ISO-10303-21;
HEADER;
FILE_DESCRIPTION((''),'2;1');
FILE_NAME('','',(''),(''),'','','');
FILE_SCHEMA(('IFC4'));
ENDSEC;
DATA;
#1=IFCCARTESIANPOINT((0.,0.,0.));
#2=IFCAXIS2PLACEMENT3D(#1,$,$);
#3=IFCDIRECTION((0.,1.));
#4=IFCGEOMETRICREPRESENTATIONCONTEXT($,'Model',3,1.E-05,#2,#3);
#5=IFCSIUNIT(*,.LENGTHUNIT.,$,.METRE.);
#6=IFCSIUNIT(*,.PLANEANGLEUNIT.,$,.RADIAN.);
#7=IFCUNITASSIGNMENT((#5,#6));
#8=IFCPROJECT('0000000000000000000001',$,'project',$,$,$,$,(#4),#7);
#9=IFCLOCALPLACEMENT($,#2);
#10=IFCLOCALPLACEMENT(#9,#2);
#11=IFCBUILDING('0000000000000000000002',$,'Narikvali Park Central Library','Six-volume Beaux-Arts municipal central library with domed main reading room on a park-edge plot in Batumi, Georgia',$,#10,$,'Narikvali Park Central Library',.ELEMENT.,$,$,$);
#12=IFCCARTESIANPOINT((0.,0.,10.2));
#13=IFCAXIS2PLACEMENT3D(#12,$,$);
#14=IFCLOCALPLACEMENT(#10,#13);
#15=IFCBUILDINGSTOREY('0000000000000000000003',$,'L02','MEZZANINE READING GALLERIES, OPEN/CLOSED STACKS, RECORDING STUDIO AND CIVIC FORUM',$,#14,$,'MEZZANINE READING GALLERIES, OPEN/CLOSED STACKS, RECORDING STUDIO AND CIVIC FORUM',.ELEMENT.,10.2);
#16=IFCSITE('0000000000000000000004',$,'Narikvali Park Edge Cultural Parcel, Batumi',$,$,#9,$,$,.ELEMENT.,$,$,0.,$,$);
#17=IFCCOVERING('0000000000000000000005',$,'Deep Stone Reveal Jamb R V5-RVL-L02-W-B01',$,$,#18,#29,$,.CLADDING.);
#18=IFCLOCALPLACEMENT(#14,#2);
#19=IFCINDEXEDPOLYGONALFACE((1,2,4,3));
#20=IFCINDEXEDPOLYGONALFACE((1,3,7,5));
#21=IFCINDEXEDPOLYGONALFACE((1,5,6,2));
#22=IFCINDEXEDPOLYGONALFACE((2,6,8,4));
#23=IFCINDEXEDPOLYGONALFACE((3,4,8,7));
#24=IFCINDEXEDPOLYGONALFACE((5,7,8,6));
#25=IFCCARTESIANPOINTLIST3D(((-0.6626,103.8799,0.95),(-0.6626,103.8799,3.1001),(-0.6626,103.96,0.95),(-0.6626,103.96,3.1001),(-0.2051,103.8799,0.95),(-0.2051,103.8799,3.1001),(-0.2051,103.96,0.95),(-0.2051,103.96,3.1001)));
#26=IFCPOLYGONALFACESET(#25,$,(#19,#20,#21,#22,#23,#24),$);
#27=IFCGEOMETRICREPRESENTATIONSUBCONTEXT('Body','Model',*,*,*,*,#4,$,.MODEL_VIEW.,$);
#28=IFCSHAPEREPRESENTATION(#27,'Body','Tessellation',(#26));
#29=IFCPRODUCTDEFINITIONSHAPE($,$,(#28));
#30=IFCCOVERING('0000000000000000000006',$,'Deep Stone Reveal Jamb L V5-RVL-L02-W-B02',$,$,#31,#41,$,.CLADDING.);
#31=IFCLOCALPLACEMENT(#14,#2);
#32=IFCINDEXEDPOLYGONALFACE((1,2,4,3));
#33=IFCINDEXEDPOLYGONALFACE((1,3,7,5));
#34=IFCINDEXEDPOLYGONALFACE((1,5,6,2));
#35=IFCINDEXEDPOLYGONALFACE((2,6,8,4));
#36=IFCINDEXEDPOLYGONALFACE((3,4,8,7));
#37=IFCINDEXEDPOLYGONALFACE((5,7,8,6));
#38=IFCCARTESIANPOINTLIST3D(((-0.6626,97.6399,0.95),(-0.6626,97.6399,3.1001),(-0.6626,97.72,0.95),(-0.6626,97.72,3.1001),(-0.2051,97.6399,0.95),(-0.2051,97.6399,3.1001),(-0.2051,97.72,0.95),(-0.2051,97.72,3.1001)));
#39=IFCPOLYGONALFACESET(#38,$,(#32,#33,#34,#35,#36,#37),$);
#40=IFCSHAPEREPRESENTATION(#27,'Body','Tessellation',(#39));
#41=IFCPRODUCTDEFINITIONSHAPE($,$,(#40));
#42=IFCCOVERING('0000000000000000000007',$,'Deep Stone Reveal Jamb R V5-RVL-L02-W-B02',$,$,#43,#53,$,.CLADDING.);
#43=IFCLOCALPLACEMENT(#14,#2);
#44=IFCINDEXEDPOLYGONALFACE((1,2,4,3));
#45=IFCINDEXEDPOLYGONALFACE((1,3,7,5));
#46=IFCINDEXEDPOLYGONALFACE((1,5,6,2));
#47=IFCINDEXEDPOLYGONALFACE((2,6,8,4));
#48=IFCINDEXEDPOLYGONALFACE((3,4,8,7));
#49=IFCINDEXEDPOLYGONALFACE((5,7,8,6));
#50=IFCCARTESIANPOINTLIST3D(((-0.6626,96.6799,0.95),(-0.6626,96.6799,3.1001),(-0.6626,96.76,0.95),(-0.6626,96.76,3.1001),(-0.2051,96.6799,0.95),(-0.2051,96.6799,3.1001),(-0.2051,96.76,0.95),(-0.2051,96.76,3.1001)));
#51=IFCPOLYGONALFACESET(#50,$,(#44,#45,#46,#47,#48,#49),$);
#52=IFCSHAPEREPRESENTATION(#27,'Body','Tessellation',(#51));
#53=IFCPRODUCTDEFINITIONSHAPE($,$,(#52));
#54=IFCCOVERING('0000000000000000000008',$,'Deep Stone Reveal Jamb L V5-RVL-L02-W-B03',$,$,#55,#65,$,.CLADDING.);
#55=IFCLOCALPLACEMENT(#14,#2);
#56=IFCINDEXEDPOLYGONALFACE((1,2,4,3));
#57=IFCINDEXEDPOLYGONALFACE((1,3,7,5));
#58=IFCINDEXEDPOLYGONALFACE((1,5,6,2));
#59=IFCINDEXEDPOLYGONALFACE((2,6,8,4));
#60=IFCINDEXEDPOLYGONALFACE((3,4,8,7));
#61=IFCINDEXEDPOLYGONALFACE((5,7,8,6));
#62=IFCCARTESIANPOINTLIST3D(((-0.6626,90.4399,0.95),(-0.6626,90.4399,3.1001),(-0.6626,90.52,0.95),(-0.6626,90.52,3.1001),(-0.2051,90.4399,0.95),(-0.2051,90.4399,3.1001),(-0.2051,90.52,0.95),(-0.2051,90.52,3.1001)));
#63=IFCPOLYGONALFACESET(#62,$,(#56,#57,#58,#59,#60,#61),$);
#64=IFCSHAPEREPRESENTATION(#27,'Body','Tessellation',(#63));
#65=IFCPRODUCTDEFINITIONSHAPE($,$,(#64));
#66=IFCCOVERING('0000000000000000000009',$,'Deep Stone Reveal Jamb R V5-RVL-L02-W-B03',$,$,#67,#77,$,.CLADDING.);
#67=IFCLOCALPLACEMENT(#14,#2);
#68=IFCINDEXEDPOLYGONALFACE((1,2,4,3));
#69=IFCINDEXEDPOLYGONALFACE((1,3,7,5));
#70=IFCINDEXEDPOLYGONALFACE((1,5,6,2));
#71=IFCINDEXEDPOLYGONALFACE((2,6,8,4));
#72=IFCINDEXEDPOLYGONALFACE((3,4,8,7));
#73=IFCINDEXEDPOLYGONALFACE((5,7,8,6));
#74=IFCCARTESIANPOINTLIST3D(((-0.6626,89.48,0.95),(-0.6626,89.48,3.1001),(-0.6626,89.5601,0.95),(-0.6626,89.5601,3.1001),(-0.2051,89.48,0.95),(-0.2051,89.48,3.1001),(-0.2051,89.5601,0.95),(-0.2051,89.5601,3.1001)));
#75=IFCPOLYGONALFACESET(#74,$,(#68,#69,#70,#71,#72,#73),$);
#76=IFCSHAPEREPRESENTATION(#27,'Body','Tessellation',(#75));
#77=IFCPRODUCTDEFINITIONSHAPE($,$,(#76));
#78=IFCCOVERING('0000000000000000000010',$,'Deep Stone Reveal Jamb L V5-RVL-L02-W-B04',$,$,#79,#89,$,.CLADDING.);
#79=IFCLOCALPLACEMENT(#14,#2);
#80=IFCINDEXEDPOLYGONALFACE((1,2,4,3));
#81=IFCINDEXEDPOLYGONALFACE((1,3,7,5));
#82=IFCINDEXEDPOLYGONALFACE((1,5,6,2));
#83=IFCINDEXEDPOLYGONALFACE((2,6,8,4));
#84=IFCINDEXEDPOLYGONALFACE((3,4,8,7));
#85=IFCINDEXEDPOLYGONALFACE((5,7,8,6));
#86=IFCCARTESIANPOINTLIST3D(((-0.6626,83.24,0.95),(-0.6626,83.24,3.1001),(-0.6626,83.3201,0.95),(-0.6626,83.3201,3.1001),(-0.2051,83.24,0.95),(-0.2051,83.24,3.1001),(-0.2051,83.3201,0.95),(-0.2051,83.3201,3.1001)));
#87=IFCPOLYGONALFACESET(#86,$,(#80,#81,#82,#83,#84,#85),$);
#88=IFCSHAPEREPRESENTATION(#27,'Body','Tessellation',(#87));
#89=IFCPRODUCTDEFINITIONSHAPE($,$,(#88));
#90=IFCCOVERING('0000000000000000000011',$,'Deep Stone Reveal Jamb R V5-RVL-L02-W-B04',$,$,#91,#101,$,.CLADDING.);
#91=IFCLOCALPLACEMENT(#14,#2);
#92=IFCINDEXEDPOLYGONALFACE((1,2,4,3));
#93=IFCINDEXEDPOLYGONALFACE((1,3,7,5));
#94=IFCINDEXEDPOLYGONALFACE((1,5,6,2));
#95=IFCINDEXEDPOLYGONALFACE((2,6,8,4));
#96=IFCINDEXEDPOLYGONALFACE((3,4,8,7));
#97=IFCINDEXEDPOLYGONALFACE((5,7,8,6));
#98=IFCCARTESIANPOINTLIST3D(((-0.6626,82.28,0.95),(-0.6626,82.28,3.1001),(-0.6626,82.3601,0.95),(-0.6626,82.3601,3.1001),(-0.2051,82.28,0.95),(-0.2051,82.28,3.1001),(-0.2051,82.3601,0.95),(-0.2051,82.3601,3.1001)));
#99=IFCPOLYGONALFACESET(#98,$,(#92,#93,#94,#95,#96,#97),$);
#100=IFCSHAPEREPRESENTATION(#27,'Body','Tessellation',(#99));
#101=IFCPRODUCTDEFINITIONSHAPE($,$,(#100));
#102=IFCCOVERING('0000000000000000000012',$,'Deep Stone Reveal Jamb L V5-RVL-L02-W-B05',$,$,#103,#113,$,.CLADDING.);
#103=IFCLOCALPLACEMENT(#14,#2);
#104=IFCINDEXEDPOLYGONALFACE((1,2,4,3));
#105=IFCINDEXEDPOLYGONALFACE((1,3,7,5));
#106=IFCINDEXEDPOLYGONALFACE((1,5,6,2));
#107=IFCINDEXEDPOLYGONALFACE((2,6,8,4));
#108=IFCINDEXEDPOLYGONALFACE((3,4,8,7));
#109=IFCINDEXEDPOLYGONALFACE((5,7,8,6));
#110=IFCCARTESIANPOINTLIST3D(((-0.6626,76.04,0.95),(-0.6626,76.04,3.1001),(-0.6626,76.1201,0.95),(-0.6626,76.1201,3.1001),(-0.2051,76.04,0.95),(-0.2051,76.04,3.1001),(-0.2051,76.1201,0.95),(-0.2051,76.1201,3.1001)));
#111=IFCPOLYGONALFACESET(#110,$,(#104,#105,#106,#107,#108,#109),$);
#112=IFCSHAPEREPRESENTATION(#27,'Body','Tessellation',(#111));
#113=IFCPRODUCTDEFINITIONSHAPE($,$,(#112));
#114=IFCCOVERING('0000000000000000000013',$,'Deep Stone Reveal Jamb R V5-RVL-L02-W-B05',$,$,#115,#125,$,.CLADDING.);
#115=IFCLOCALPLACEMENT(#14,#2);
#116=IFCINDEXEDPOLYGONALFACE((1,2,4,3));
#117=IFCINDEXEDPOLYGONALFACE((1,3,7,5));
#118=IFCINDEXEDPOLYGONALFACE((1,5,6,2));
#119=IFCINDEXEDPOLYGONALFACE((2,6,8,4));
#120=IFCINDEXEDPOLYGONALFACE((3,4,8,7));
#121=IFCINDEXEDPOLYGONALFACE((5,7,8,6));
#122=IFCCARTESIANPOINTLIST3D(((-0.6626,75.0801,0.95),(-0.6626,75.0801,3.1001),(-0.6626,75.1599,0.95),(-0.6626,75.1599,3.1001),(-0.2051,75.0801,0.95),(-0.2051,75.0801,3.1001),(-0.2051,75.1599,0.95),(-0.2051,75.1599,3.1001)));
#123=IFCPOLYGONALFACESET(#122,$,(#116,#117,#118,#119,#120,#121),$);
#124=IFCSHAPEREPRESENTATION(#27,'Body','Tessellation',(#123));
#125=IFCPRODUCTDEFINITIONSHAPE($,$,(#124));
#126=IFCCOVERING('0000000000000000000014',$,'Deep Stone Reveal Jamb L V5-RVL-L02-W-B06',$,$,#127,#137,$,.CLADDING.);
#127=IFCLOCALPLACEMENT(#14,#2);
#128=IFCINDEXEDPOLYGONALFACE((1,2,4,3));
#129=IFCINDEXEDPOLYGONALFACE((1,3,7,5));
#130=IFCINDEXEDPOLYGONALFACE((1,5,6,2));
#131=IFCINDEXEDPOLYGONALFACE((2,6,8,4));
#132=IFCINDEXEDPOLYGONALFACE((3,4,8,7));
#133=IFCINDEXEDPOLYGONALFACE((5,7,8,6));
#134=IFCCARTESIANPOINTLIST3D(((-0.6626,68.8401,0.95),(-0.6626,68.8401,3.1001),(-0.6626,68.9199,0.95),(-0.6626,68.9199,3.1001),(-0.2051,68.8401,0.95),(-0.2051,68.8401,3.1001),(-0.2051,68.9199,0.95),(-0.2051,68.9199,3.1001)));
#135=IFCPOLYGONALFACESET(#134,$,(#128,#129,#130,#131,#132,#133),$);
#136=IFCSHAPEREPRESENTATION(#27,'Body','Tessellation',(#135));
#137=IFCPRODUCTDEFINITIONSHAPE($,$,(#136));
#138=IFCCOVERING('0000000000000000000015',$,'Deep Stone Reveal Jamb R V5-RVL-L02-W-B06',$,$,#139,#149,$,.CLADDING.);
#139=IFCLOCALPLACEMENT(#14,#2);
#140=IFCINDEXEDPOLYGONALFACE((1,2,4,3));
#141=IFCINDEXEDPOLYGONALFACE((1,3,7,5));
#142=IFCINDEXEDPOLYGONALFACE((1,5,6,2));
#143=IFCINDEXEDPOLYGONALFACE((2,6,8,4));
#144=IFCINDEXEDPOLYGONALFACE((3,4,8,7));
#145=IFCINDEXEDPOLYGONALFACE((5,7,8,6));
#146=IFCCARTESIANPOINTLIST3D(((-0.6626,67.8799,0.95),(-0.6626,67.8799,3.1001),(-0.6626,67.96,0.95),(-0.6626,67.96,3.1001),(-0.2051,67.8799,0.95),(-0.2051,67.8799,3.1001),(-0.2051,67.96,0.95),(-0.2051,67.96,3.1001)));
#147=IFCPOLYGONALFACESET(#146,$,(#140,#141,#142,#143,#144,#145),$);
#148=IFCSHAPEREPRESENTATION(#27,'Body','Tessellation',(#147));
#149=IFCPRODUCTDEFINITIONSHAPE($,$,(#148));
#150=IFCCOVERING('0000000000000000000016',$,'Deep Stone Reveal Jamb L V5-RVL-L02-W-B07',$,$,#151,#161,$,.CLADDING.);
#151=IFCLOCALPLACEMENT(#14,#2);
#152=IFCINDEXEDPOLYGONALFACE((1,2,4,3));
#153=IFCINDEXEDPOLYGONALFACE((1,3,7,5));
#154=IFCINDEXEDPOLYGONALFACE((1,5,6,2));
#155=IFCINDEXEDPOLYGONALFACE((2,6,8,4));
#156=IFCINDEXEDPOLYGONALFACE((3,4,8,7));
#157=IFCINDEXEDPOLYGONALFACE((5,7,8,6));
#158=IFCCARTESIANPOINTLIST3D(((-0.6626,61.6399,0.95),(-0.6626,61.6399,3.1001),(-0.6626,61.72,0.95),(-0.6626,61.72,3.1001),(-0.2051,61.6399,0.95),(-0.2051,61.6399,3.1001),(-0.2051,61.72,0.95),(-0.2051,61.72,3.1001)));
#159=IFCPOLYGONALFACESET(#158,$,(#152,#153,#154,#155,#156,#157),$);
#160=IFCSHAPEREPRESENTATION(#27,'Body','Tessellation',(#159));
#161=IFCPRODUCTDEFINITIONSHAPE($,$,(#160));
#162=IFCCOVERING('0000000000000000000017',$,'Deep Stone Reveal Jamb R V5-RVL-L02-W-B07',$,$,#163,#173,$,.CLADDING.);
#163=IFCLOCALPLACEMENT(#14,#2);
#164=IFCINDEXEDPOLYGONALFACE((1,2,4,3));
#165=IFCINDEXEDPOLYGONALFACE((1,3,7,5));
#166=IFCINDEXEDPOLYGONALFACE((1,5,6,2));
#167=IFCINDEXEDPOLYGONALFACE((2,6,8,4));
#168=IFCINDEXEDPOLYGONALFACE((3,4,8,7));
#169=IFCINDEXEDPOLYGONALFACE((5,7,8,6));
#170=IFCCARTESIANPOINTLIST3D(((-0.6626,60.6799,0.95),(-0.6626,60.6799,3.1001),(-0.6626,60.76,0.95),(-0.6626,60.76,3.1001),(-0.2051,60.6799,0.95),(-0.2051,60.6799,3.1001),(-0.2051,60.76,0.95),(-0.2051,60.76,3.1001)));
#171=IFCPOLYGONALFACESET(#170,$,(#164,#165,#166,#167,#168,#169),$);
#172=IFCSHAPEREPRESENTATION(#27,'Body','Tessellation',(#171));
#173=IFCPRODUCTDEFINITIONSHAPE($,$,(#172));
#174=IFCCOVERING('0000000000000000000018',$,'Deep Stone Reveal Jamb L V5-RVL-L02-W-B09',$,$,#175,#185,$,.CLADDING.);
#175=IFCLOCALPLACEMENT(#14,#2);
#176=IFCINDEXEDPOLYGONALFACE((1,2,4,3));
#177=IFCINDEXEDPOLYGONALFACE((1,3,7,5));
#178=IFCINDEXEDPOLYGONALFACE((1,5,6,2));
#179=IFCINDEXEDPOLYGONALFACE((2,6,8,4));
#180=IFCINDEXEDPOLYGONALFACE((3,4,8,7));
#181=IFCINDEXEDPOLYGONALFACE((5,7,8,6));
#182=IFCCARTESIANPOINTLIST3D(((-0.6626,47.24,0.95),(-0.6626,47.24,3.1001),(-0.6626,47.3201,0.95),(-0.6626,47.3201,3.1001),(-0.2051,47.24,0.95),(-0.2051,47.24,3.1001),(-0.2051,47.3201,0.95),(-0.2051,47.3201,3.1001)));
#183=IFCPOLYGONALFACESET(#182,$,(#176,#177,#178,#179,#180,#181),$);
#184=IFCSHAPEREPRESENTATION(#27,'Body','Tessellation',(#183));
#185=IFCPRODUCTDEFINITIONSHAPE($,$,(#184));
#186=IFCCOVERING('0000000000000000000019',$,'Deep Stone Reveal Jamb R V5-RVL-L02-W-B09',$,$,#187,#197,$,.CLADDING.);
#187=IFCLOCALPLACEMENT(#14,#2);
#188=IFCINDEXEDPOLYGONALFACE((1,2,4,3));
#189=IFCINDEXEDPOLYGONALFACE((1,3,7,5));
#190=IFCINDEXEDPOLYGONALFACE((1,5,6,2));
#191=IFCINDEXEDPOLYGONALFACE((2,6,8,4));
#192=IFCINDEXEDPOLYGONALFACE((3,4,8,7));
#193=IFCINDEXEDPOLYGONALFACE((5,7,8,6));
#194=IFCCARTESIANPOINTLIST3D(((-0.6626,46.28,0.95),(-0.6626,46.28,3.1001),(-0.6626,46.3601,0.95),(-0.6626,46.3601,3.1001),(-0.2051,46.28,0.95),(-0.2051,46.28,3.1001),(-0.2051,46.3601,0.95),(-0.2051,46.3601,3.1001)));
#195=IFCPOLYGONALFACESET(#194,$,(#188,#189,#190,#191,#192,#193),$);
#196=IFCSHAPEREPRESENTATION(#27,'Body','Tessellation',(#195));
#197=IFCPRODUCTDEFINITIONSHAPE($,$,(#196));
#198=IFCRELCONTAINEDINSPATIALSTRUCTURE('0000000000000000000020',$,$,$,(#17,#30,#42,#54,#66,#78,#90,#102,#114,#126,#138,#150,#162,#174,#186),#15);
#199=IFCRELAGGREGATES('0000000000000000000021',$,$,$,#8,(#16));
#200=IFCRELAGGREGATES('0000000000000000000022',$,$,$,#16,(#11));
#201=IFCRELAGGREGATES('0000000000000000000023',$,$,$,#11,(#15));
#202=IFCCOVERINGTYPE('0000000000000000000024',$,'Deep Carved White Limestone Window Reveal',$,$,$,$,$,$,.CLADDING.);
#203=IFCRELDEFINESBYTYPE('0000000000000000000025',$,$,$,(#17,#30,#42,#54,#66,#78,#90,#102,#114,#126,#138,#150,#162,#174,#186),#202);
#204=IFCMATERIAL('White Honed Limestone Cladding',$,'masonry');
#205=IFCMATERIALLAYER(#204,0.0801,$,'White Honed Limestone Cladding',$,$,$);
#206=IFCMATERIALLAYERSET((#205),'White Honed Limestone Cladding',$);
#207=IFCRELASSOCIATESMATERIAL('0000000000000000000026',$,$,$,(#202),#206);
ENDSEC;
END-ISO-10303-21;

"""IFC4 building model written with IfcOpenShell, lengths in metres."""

from ifc_helpers import new_model, si_unit, direction, frame, origin, place, context, subcontext, project, spatial, polyline, outline, extrude, material, layer, layer_set, type_object, element, save


model = new_model("IFC4")

# Units and contexts
model_context = context("Model", 3, precision=1e-05, world=origin(), true_north=direction((0.0, 1.0)))
body_context = subcontext(model_context, "Body", "Model", "MODEL_VIEW")
ifc_project = project(units=[si_unit("LENGTHUNIT", "METRE"), si_unit("PLANEANGLEUNIT", "RADIAN")], contexts=[model_context])

# Site, building, storey
site_placement = place(None, origin())
site = spatial("IfcSite", under=ifc_project, at=site_placement, Name="Narikvali Park Edge Cultural Parcel, Batumi", CompositionType="ELEMENT", RefElevation=0.0)
building_placement = place(site_placement, origin())
building = spatial("IfcBuilding", under=site, at=building_placement, Name="Narikvali Park Central Library", Description="Six-volume Beaux-Arts municipal central library with domed main reading room on a park-edge plot in Batumi, Georgia", LongName="Narikvali Park Central Library", CompositionType="ELEMENT")
storey_placement = place(building_placement, frame((0.0, 0.0, 10.2)))
storey = spatial("IfcBuildingStorey", under=building, at=storey_placement, Name="L02", Description="MEZZANINE READING GALLERIES, OPEN/CLOSED STACKS, RECORDING STUDIO AND CIVIC FORUM", LongName="MEZZANINE READING GALLERIES, OPEN/CLOSED STACKS, RECORDING STUDIO AND CIVIC FORUM", CompositionType="ELEMENT", Elevation=10.2)

# Coverings
ifc_material = material(Name="White Honed Limestone Cladding", Category="masonry")
ifc_layer = layer(ifc_material, 0.0801, Name="White Honed Limestone Cladding")
ifc_layer_set = layer_set([ifc_layer], Name="White Honed Limestone Cladding")
covering_type = type_object("IfcCoveringType", Name="Deep Carved White Limestone Window Reveal", PredefinedType="CLADDING", material=ifc_layer_set)
covering_1_placement = place(storey_placement, frame((0.0, 0.0, 0.95)))
element("IfcCovering", 1, at=covering_1_placement, inside=storey, type_object=covering_type, Name="Deep Stone Reveal Jamb R V5-RVL-L02-W-B01", PredefinedType="CLADDING", context=body_context, shape_type="SweptSolid", body=[
    extrude(outline(polyline([(-0.2051, 103.96), (-0.2051, 103.8799), (-0.6626, 103.8799), (-0.6626, 103.96), (-0.2051, 103.96)])), origin(), (0.0, 0.0, 1.0), 2.1501),
])
covering_2_placement = place(storey_placement, frame((0.0, 0.0, 0.95)))
element("IfcCovering", 2, at=covering_2_placement, inside=storey, type_object=covering_type, Name="Deep Stone Reveal Jamb L V5-RVL-L02-W-B02", PredefinedType="CLADDING", context=body_context, shape_type="SweptSolid", body=[
    extrude(outline(polyline([(-0.2051, 97.72), (-0.2051, 97.6399), (-0.6626, 97.6399), (-0.6626, 97.72), (-0.2051, 97.72)])), origin(), (0.0, 0.0, 1.0), 2.1501),
])
covering_3_placement = place(storey_placement, frame((0.0, 0.0, 0.95)))
element("IfcCovering", 3, at=covering_3_placement, inside=storey, type_object=covering_type, Name="Deep Stone Reveal Jamb R V5-RVL-L02-W-B02", PredefinedType="CLADDING", context=body_context, shape_type="SweptSolid", body=[
    extrude(outline(polyline([(-0.2051, 96.76), (-0.2051, 96.6799), (-0.6626, 96.6799), (-0.6626, 96.76), (-0.2051, 96.76)])), origin(), (0.0, 0.0, 1.0), 2.1501),
])
covering_4_placement = place(storey_placement, frame((0.0, 0.0, 0.95)))
element("IfcCovering", 4, at=covering_4_placement, inside=storey, type_object=covering_type, Name="Deep Stone Reveal Jamb L V5-RVL-L02-W-B03", PredefinedType="CLADDING", context=body_context, shape_type="SweptSolid", body=[
    extrude(outline(polyline([(-0.2051, 90.52), (-0.2051, 90.4399), (-0.6626, 90.4399), (-0.6626, 90.52), (-0.2051, 90.52)])), origin(), (0.0, 0.0, 1.0), 2.1501),
])
covering_5_placement = place(storey_placement, frame((0.0, 0.0, 0.95)))
element("IfcCovering", 5, at=covering_5_placement, inside=storey, type_object=covering_type, Name="Deep Stone Reveal Jamb R V5-RVL-L02-W-B03", PredefinedType="CLADDING", context=body_context, shape_type="SweptSolid", body=[
    extrude(outline(polyline([(-0.2051, 89.5601), (-0.2051, 89.48), (-0.6626, 89.48), (-0.6626, 89.5601), (-0.2051, 89.5601)])), origin(), (0.0, 0.0, 1.0), 2.1501),
])
covering_6_placement = place(storey_placement, frame((0.0, 0.0, 0.95)))
element("IfcCovering", 6, at=covering_6_placement, inside=storey, type_object=covering_type, Name="Deep Stone Reveal Jamb L V5-RVL-L02-W-B04", PredefinedType="CLADDING", context=body_context, shape_type="SweptSolid", body=[
    extrude(outline(polyline([(-0.2051, 83.3201), (-0.2051, 83.24), (-0.6626, 83.24), (-0.6626, 83.3201), (-0.2051, 83.3201)])), origin(), (0.0, 0.0, 1.0), 2.1501),
])
covering_7_placement = place(storey_placement, frame((0.0, 0.0, 0.95)))
element("IfcCovering", 7, at=covering_7_placement, inside=storey, type_object=covering_type, Name="Deep Stone Reveal Jamb R V5-RVL-L02-W-B04", PredefinedType="CLADDING", context=body_context, shape_type="SweptSolid", body=[
    extrude(outline(polyline([(-0.2051, 82.3601), (-0.2051, 82.28), (-0.6626, 82.28), (-0.6626, 82.3601), (-0.2051, 82.3601)])), origin(), (0.0, 0.0, 1.0), 2.1501),
])
covering_8_placement = place(storey_placement, frame((0.0, 0.0, 0.95)))
element("IfcCovering", 8, at=covering_8_placement, inside=storey, type_object=covering_type, Name="Deep Stone Reveal Jamb L V5-RVL-L02-W-B05", PredefinedType="CLADDING", context=body_context, shape_type="SweptSolid", body=[
    extrude(outline(polyline([(-0.2051, 76.1201), (-0.2051, 76.04), (-0.6626, 76.04), (-0.6626, 76.1201), (-0.2051, 76.1201)])), origin(), (0.0, 0.0, 1.0), 2.1501),
])
covering_9_placement = place(storey_placement, frame((0.0, 0.0, 0.95)))
element("IfcCovering", 9, at=covering_9_placement, inside=storey, type_object=covering_type, Name="Deep Stone Reveal Jamb R V5-RVL-L02-W-B05", PredefinedType="CLADDING", context=body_context, shape_type="SweptSolid", body=[
    extrude(outline(polyline([(-0.2051, 75.1599), (-0.2051, 75.0801), (-0.6626, 75.0801), (-0.6626, 75.1599), (-0.2051, 75.1599)])), origin(), (0.0, 0.0, 1.0), 2.1501),
])
covering_10_placement = place(storey_placement, frame((0.0, 0.0, 0.95)))
element("IfcCovering", 10, at=covering_10_placement, inside=storey, type_object=covering_type, Name="Deep Stone Reveal Jamb L V5-RVL-L02-W-B06", PredefinedType="CLADDING", context=body_context, shape_type="SweptSolid", body=[
    extrude(outline(polyline([(-0.2051, 68.9199), (-0.2051, 68.8401), (-0.6626, 68.8401), (-0.6626, 68.9199), (-0.2051, 68.9199)])), origin(), (0.0, 0.0, 1.0), 2.1501),
])
covering_11_placement = place(storey_placement, frame((0.0, 0.0, 0.95)))
element("IfcCovering", 11, at=covering_11_placement, inside=storey, type_object=covering_type, Name="Deep Stone Reveal Jamb R V5-RVL-L02-W-B06", PredefinedType="CLADDING", context=body_context, shape_type="SweptSolid", body=[
    extrude(outline(polyline([(-0.2051, 67.96), (-0.2051, 67.8799), (-0.6626, 67.8799), (-0.6626, 67.96), (-0.2051, 67.96)])), origin(), (0.0, 0.0, 1.0), 2.1501),
])
covering_12_placement = place(storey_placement, frame((0.0, 0.0, 0.95)))
element("IfcCovering", 12, at=covering_12_placement, inside=storey, type_object=covering_type, Name="Deep Stone Reveal Jamb L V5-RVL-L02-W-B07", PredefinedType="CLADDING", context=body_context, shape_type="SweptSolid", body=[
    extrude(outline(polyline([(-0.2051, 61.72), (-0.2051, 61.6399), (-0.6626, 61.6399), (-0.6626, 61.72), (-0.2051, 61.72)])), origin(), (0.0, 0.0, 1.0), 2.1501),
])
covering_13_placement = place(storey_placement, frame((0.0, 0.0, 0.95)))
element("IfcCovering", 13, at=covering_13_placement, inside=storey, type_object=covering_type, Name="Deep Stone Reveal Jamb R V5-RVL-L02-W-B07", PredefinedType="CLADDING", context=body_context, shape_type="SweptSolid", body=[
    extrude(outline(polyline([(-0.2051, 60.76), (-0.2051, 60.6799), (-0.6626, 60.6799), (-0.6626, 60.76), (-0.2051, 60.76)])), origin(), (0.0, 0.0, 1.0), 2.1501),
])
covering_14_placement = place(storey_placement, frame((0.0, 0.0, 0.95)))
element("IfcCovering", 14, at=covering_14_placement, inside=storey, type_object=covering_type, Name="Deep Stone Reveal Jamb L V5-RVL-L02-W-B09", PredefinedType="CLADDING", context=body_context, shape_type="SweptSolid", body=[
    extrude(outline(polyline([(-0.2051, 47.3201), (-0.2051, 47.24), (-0.6626, 47.24), (-0.6626, 47.3201), (-0.2051, 47.3201)])), origin(), (0.0, 0.0, 1.0), 2.1501),
])
covering_15_placement = place(storey_placement, frame((0.0, 0.0, 0.95)))
element("IfcCovering", 15, at=covering_15_placement, inside=storey, type_object=covering_type, Name="Deep Stone Reveal Jamb R V5-RVL-L02-W-B09", PredefinedType="CLADDING", context=body_context, shape_type="SweptSolid", body=[
    extrude(outline(polyline([(-0.2051, 46.3601), (-0.2051, 46.28), (-0.6626, 46.28), (-0.6626, 46.3601), (-0.2051, 46.3601)])), origin(), (0.0, 0.0, 1.0), 2.1501),
])

save(model, "model.ifc")
